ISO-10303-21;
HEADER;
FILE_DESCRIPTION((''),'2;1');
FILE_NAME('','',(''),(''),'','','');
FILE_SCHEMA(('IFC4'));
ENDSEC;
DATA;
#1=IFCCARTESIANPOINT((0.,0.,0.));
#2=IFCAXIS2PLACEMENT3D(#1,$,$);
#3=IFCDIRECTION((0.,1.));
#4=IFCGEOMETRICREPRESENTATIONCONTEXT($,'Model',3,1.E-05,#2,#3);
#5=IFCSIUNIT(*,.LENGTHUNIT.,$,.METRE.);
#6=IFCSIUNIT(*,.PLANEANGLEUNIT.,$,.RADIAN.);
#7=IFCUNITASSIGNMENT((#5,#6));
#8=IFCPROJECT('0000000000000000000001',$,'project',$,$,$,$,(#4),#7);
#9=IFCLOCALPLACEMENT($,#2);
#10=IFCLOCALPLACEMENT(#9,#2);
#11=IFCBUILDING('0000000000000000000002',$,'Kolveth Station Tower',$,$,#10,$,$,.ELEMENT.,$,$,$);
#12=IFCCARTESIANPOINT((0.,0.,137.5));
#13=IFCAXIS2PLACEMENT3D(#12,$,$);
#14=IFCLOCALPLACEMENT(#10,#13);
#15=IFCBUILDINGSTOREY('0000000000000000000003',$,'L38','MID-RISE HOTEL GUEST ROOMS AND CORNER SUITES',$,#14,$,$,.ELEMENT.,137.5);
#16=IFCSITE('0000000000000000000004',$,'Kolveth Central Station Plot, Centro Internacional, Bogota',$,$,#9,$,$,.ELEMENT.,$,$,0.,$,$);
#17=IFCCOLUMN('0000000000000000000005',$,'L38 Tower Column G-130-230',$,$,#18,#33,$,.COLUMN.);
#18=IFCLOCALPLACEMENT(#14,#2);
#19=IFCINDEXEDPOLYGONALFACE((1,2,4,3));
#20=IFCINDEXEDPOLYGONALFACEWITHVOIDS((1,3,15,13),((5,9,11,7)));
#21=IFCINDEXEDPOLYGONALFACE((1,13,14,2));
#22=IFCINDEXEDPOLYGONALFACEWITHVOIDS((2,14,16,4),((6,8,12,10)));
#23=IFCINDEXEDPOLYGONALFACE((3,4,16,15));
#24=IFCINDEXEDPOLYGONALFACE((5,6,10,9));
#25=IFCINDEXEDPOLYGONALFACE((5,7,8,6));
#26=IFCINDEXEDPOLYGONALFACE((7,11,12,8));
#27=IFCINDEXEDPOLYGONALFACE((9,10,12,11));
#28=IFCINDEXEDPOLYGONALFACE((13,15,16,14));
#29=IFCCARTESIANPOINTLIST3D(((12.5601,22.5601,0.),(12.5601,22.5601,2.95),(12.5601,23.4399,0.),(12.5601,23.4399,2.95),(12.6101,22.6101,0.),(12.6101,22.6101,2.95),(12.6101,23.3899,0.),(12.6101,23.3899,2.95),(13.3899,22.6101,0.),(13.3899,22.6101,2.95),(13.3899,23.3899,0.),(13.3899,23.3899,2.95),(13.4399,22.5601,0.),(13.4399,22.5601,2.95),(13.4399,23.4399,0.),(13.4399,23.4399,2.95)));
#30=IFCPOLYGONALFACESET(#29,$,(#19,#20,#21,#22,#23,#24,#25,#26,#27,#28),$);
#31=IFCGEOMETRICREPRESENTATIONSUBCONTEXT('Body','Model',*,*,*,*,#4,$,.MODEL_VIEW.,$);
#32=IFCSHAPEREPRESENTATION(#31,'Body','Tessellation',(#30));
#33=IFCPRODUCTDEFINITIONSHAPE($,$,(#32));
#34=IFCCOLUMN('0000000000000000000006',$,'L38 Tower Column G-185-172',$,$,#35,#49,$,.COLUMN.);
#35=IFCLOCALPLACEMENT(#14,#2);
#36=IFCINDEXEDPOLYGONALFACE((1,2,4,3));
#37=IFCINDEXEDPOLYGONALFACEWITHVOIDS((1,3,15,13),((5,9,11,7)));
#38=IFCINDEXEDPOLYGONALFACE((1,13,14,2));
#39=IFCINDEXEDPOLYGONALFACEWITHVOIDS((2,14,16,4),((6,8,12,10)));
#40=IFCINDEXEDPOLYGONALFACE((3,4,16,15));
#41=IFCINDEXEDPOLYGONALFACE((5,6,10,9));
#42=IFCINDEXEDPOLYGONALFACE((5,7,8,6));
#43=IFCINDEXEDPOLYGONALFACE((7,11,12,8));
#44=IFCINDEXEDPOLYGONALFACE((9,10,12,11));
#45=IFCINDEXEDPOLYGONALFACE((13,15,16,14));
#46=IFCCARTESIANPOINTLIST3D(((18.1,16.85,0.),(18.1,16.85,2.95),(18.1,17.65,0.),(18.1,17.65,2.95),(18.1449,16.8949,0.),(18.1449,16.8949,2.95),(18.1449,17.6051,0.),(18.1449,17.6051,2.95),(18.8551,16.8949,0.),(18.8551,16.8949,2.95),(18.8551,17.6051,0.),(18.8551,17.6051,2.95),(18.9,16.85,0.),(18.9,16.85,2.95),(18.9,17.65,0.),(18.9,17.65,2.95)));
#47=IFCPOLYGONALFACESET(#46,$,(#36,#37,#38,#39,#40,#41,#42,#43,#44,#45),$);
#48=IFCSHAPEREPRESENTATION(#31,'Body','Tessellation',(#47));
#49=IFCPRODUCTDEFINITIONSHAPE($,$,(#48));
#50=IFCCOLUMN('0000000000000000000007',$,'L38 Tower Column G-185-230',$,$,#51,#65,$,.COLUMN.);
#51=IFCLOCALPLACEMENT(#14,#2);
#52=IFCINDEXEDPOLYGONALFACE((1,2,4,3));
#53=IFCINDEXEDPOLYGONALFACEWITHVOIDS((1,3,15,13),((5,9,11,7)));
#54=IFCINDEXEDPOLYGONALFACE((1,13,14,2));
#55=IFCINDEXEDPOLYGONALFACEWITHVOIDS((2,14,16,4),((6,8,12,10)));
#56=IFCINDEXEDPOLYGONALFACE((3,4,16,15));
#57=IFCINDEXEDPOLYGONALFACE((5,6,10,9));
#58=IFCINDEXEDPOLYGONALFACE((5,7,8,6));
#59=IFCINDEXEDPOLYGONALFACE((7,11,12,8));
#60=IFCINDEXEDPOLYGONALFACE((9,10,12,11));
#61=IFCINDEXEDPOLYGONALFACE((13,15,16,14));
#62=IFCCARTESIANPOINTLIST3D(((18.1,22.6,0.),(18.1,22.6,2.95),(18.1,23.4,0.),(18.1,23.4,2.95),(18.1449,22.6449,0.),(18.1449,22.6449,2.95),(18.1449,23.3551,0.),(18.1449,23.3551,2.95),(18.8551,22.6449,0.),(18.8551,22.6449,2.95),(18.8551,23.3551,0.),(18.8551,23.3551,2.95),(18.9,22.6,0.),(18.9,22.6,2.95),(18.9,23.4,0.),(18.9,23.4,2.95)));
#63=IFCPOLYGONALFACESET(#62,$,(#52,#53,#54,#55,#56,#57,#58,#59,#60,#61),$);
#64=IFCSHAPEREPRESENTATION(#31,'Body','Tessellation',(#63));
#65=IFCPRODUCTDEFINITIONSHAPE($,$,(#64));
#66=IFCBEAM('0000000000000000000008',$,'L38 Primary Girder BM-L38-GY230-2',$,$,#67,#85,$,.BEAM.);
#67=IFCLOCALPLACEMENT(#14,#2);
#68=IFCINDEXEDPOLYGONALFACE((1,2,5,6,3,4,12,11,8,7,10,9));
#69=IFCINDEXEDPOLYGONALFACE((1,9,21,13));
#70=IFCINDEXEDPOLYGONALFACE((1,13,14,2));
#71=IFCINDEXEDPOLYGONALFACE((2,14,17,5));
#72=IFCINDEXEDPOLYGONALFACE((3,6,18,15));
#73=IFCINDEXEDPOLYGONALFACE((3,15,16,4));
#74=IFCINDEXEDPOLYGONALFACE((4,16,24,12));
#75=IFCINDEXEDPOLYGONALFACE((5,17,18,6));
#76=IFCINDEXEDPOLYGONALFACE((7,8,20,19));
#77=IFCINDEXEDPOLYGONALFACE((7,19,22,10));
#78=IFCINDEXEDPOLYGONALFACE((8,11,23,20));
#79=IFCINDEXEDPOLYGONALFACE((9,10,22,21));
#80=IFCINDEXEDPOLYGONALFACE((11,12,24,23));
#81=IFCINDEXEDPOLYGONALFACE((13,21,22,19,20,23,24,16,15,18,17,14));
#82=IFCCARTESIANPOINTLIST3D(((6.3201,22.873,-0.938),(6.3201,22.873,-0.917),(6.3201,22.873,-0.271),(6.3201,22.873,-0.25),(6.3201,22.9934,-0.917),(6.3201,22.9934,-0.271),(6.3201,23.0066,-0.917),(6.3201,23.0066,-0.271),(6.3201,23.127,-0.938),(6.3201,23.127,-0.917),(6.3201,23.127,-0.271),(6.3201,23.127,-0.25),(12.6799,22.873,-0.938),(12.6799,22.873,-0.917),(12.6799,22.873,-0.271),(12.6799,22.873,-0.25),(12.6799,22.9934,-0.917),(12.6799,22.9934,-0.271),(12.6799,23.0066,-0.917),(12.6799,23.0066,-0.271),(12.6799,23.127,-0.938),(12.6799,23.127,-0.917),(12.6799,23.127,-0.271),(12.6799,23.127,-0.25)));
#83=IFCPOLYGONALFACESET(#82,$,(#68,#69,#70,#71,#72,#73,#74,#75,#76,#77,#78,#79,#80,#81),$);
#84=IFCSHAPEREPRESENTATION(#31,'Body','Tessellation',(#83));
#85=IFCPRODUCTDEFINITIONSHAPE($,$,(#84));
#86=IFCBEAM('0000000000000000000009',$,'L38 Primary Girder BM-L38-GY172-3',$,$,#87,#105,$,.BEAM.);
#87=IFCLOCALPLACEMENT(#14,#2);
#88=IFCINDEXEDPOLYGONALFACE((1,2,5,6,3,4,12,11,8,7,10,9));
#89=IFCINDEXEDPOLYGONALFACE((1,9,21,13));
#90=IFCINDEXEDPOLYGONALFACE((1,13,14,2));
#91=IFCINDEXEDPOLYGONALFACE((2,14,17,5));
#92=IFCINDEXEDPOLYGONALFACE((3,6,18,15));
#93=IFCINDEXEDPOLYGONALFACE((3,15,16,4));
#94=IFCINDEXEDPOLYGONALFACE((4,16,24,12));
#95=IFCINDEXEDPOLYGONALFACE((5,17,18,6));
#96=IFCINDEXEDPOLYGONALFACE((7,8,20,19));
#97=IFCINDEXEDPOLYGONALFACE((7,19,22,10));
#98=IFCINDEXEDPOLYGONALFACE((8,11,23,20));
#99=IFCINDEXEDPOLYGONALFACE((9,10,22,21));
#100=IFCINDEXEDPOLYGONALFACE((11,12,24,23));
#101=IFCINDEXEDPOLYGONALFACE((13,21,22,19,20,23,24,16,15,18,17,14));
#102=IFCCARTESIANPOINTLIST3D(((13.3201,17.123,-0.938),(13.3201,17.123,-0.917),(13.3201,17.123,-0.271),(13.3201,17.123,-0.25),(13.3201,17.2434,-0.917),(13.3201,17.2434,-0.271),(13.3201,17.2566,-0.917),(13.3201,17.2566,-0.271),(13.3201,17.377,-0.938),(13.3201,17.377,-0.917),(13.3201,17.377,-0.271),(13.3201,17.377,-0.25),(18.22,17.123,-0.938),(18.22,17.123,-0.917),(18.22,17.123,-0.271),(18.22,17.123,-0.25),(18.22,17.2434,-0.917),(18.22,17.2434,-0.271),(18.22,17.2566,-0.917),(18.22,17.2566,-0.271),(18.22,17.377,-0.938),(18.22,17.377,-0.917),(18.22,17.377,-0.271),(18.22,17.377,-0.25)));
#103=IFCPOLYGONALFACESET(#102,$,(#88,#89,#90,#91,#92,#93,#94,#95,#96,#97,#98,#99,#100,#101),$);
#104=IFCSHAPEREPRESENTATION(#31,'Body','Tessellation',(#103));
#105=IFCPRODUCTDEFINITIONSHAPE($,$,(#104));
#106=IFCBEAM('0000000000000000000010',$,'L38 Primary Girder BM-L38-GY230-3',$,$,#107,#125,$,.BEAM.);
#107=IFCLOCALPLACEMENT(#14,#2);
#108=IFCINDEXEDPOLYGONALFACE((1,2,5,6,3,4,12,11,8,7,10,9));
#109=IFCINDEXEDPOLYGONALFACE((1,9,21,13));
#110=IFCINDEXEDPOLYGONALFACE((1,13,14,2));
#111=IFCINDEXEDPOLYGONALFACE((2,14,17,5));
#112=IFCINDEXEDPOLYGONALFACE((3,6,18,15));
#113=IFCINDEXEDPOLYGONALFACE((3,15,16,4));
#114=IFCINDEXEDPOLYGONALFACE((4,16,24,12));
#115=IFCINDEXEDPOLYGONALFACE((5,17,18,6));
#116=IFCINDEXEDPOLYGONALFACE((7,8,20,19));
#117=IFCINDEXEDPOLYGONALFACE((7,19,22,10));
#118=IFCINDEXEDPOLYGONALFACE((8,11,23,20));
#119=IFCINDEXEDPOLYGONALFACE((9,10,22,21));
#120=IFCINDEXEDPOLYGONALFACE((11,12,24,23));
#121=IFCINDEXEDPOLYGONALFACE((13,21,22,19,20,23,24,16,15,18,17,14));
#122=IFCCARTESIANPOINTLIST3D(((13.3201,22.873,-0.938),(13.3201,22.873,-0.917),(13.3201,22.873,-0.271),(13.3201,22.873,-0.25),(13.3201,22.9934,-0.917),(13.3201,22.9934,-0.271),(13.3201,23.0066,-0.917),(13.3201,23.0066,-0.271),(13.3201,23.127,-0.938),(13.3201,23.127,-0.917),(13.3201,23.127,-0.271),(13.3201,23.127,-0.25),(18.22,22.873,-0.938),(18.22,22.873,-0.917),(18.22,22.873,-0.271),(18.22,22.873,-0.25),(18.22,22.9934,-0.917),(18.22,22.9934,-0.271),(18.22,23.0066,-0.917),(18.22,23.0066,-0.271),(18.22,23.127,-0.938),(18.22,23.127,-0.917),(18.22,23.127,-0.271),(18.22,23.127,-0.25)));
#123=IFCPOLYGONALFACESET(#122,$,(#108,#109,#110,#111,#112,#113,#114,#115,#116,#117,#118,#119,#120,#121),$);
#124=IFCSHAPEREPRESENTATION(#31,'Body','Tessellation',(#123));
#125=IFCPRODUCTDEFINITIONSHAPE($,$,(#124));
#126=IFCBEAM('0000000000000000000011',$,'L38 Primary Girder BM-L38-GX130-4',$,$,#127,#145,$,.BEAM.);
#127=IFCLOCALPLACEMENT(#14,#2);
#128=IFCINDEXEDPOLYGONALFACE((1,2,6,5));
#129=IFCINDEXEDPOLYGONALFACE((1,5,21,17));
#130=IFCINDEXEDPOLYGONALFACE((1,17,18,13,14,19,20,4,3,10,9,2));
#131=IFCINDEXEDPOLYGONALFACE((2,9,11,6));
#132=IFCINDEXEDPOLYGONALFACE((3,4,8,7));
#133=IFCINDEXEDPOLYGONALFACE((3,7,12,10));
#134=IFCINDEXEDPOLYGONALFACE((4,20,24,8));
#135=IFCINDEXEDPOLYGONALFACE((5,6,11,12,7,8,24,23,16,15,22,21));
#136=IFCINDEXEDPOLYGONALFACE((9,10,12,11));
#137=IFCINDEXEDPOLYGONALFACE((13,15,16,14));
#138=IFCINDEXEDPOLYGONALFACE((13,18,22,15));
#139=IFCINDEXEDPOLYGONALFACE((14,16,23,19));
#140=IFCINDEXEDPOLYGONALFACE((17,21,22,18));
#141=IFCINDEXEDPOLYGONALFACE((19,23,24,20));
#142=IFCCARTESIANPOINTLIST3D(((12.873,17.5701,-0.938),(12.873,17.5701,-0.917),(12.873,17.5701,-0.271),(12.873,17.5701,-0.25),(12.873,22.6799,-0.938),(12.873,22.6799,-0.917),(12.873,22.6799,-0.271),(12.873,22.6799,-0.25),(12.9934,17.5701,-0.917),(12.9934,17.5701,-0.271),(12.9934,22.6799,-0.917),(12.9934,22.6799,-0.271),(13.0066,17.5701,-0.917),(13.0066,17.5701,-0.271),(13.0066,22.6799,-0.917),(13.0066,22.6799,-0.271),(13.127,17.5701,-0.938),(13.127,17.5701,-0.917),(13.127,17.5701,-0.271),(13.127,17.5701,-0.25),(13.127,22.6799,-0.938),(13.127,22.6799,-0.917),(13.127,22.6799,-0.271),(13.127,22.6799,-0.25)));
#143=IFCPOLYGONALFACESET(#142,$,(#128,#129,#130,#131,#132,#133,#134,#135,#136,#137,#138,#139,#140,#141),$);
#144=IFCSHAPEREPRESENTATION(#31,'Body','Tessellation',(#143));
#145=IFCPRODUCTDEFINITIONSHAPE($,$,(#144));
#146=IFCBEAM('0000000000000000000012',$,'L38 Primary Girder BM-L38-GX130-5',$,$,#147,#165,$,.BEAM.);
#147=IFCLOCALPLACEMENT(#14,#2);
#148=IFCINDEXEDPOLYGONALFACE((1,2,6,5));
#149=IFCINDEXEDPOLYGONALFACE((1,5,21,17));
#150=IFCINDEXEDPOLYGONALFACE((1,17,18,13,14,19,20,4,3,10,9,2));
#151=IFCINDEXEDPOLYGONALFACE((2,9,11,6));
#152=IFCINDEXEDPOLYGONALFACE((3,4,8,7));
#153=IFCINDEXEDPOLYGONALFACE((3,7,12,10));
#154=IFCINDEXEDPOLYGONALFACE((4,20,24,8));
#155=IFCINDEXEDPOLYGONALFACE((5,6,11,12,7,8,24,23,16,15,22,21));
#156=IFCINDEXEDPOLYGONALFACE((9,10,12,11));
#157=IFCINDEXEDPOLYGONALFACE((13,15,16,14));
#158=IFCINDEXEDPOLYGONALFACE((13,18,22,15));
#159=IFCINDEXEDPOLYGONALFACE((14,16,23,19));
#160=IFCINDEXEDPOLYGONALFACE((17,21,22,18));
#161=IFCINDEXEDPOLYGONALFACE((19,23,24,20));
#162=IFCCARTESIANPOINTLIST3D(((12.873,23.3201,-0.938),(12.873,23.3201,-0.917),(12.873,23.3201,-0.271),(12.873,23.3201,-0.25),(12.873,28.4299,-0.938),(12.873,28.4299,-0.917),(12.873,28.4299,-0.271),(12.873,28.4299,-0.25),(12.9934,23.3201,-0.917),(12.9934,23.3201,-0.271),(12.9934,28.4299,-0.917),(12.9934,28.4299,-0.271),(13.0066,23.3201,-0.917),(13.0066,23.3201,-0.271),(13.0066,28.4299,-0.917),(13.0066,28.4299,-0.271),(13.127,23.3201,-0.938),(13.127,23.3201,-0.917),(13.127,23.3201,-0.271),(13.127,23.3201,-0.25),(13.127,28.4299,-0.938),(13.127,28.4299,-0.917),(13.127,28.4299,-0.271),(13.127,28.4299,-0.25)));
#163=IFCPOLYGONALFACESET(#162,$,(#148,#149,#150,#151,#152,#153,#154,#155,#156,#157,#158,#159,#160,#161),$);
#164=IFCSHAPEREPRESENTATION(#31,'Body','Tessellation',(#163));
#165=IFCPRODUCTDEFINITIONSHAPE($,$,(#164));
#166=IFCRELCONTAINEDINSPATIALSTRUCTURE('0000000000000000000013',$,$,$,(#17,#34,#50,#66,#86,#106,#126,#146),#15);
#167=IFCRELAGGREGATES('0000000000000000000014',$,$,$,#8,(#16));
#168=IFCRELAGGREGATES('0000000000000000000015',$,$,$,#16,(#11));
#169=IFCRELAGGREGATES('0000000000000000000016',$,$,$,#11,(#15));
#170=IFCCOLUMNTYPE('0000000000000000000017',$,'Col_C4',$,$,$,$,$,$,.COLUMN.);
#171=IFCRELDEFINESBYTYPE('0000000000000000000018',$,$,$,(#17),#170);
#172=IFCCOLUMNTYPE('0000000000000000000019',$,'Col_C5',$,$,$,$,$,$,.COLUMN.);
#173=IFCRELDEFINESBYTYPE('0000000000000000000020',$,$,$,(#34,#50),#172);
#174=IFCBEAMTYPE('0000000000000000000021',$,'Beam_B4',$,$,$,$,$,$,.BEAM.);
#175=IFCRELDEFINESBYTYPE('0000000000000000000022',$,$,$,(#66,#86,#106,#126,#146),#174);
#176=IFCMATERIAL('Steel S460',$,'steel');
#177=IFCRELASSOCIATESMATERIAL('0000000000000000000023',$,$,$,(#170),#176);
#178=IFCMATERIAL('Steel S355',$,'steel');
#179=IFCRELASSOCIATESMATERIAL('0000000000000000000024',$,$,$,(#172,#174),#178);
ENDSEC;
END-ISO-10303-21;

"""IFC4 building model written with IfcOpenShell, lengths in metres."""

from ifc_helpers import new_model, si_unit, direction, frame, origin, origin_2d, place, context, subcontext, project, spatial, hollow_rectangle, i_section, extrude, source, transform, mapped, material, material_profile, profile_set, type_object, element, save


model = new_model("IFC4")

# Units and contexts
model_context = context("Model", 3, precision=1e-05, world=origin(), true_north=direction((0.0, 1.0)))
body_context = subcontext(model_context, "Body", "Model", "MODEL_VIEW")
ifc_project = project(units=[si_unit("LENGTHUNIT", "METRE"), si_unit("PLANEANGLEUNIT", "RADIAN")], contexts=[model_context])

# Site, building, storey
site_placement = place(None, origin())
site = spatial("IfcSite", under=ifc_project, at=site_placement, Name="Kolveth Central Station Plot, Centro Internacional, Bogota", CompositionType="ELEMENT", RefElevation=0.0)
building_placement = place(site_placement, origin())
building = spatial("IfcBuilding", under=site, at=building_placement, Name="Kolveth Station Tower", CompositionType="ELEMENT")
storey_placement = place(building_placement, frame((0.0, 0.0, 137.5)))
storey = spatial("IfcBuildingStorey", under=building, at=storey_placement, Name="L38", Description="MID-RISE HOTEL GUEST ROOMS AND CORNER SUITES", CompositionType="ELEMENT", Elevation=137.5)

# Columns
ifc_material_1 = material(Name="Steel S460", Category="steel")
ifc_material_profile_1 = material_profile(ifc_material_1, hollow_rectangle(XDim=0.8799, YDim=0.8799, WallThickness=0.05, at=origin_2d()), Name="BOX880x880x50")
ifc_profile_set_1 = profile_set([ifc_material_profile_1], Name="Steel S460")
column_type_1 = type_object("IfcColumnType", Name="Col_C4", PredefinedType="COLUMN", material=ifc_profile_set_1)
shared_shape_1 = source(origin(), body_context, "Body", "SweptSolid", [
    extrude(hollow_rectangle(XDim=0.8799, YDim=0.8799, WallThickness=0.05, at=origin_2d()), origin(), (0.0, 0.0, 1.0), 2.95),
])
column_placement = place(storey_placement, frame((13.0, 23.0, 0.0), z_axis=(0.0, 0.0, 1.0), x_axis=(1.0, 0.0, 0.0)))
element("IfcColumn", 1, at=column_placement, inside=storey, type_object=column_type_1, Name="L38 Tower Column G-130-230", PredefinedType="COLUMN", context=body_context, shape_type="MappedRepresentation", body=[
    mapped(shared_shape_1, transform((0.0, 0.0, 0.0), x_axis=(1.0, 0.0, 0.0), y_axis=(0.0, 1.0, 0.0), z_axis=(0.0, 0.0, 1.0), scale=1.0)),
])
ifc_material_2 = material(Name="Steel S355", Category="steel")
ifc_material_profile_2 = material_profile(ifc_material_2, hollow_rectangle(XDim=0.8, YDim=0.8, WallThickness=0.0449, at=origin_2d()), Name="BOX800x800x45")
ifc_profile_set_2 = profile_set([ifc_material_profile_2], Name="Steel S355")
column_type_2 = type_object("IfcColumnType", Name="Col_C5", PredefinedType="COLUMN", material=ifc_profile_set_2)
shared_shape_2 = source(origin(), body_context, "Body", "SweptSolid", [
    extrude(hollow_rectangle(XDim=0.8, YDim=0.8, WallThickness=0.0449, at=origin_2d()), origin(), (0.0, 0.0, 1.0), 2.95),
])
for number, where, z_axis, x_axis, name in (
    (2, (18.5, 17.25, 0.0), (0.0, 0.0, 1.0), (1.0, 0.0, 0.0), "L38 Tower Column G-185-172"),
    (3, (18.5, 23.0, 0.0), (0.0, 0.0, 1.0), (1.0, 0.0, 0.0), "L38 Tower Column G-185-230"),
):
    element("IfcColumn", number, at=place(storey_placement, frame(where, z_axis=z_axis, x_axis=x_axis)), inside=storey, type_object=column_type_2, Name=name, PredefinedType="COLUMN", context=body_context, shape_type="MappedRepresentation", body=[
        mapped(shared_shape_2, transform((0.0, 0.0, 0.0), x_axis=(1.0, 0.0, 0.0), y_axis=(0.0, 1.0, 0.0), z_axis=(0.0, 0.0, 1.0), scale=1.0)),
    ])

# Beams
ifc_material_profile_3 = material_profile(ifc_material_2, i_section(OverallWidth=0.2539, OverallDepth=0.688, WebThickness=0.0132, FlangeThickness=0.021, at=origin_2d()), Name="W690x152")
ifc_profile_set_3 = profile_set([ifc_material_profile_3], Name="Steel S355")
beam_type_1 = type_object("IfcBeamType", Name="Beam_B4", PredefinedType="BEAM", material=ifc_profile_set_3)
shared_shape_3 = source(origin(), body_context, "Body", "SweptSolid", [
    extrude(i_section(OverallWidth=0.2539, OverallDepth=0.688, WebThickness=0.0132, FlangeThickness=0.021, at=origin_2d()), origin(), (0.0, 0.0, 1.0), 6.3599),
])
beam_1_placement = place(storey_placement, frame((6.3201, 23.0, -0.594), z_axis=(1.0, 0.0, 0.0), x_axis=(0.0, 1.0, 0.0)))
element("IfcBeam", 4, at=beam_1_placement, inside=storey, type_object=beam_type_1, Name="L38 Primary Girder BM-L38-GY230-2", PredefinedType="BEAM", context=body_context, shape_type="MappedRepresentation", body=[
    mapped(shared_shape_3, transform((0.0, 0.0, 0.0), x_axis=(1.0, 0.0, 0.0), y_axis=(0.0, 1.0, 0.0), z_axis=(0.0, 0.0, 1.0), scale=1.0)),
])
shared_shape_4 = source(origin(), body_context, "Body", "SweptSolid", [
    extrude(i_section(OverallWidth=0.2539, OverallDepth=0.688, WebThickness=0.0132, FlangeThickness=0.021, at=origin_2d()), origin(), (0.0, 0.0, 1.0), 4.8999),
])
for number, where, z_axis, x_axis, name in (
    (5, (13.3201, 17.25, -0.594), (1.0, 0.0, 0.0), (0.0, 1.0, 0.0), "L38 Primary Girder BM-L38-GY172-3"),
    (6, (13.3201, 23.0, -0.594), (1.0, 0.0, 0.0), (0.0, 1.0, 0.0), "L38 Primary Girder BM-L38-GY230-3"),
):
    element("IfcBeam", number, at=place(storey_placement, frame(where, z_axis=z_axis, x_axis=x_axis)), inside=storey, type_object=beam_type_1, Name=name, PredefinedType="BEAM", context=body_context, shape_type="MappedRepresentation", body=[
        mapped(shared_shape_4, transform((0.0, 0.0, 0.0), x_axis=(1.0, 0.0, 0.0), y_axis=(0.0, 1.0, 0.0), z_axis=(0.0, 0.0, 1.0), scale=1.0)),
    ])
shared_shape_5 = source(origin(), body_context, "Body", "SweptSolid", [
    extrude(i_section(OverallWidth=0.2539, OverallDepth=0.688, WebThickness=0.0132, FlangeThickness=0.021, at=origin_2d()), origin(), (0.0, 0.0, 1.0), 5.1099),
])
for number, where, z_axis, x_axis, name in (
    (7, (13.0, 17.5701, -0.594), (0.0, 1.0, 0.0), (-1.0, 0.0, 0.0), "L38 Primary Girder BM-L38-GX130-4"),
    (8, (13.0, 23.3201, -0.594), (0.0, 1.0, 0.0), (-1.0, 0.0, 0.0), "L38 Primary Girder BM-L38-GX130-5"),
):
    element("IfcBeam", number, at=place(storey_placement, frame(where, z_axis=z_axis, x_axis=x_axis)), inside=storey, type_object=beam_type_1, Name=name, PredefinedType="BEAM", context=body_context, shape_type="MappedRepresentation", body=[
        mapped(shared_shape_5, transform((0.0, 0.0, 0.0), x_axis=(1.0, 0.0, 0.0), y_axis=(0.0, 1.0, 0.0), z_axis=(0.0, 0.0, 1.0), scale=1.0)),
    ])

save(model, "model.ifc")
